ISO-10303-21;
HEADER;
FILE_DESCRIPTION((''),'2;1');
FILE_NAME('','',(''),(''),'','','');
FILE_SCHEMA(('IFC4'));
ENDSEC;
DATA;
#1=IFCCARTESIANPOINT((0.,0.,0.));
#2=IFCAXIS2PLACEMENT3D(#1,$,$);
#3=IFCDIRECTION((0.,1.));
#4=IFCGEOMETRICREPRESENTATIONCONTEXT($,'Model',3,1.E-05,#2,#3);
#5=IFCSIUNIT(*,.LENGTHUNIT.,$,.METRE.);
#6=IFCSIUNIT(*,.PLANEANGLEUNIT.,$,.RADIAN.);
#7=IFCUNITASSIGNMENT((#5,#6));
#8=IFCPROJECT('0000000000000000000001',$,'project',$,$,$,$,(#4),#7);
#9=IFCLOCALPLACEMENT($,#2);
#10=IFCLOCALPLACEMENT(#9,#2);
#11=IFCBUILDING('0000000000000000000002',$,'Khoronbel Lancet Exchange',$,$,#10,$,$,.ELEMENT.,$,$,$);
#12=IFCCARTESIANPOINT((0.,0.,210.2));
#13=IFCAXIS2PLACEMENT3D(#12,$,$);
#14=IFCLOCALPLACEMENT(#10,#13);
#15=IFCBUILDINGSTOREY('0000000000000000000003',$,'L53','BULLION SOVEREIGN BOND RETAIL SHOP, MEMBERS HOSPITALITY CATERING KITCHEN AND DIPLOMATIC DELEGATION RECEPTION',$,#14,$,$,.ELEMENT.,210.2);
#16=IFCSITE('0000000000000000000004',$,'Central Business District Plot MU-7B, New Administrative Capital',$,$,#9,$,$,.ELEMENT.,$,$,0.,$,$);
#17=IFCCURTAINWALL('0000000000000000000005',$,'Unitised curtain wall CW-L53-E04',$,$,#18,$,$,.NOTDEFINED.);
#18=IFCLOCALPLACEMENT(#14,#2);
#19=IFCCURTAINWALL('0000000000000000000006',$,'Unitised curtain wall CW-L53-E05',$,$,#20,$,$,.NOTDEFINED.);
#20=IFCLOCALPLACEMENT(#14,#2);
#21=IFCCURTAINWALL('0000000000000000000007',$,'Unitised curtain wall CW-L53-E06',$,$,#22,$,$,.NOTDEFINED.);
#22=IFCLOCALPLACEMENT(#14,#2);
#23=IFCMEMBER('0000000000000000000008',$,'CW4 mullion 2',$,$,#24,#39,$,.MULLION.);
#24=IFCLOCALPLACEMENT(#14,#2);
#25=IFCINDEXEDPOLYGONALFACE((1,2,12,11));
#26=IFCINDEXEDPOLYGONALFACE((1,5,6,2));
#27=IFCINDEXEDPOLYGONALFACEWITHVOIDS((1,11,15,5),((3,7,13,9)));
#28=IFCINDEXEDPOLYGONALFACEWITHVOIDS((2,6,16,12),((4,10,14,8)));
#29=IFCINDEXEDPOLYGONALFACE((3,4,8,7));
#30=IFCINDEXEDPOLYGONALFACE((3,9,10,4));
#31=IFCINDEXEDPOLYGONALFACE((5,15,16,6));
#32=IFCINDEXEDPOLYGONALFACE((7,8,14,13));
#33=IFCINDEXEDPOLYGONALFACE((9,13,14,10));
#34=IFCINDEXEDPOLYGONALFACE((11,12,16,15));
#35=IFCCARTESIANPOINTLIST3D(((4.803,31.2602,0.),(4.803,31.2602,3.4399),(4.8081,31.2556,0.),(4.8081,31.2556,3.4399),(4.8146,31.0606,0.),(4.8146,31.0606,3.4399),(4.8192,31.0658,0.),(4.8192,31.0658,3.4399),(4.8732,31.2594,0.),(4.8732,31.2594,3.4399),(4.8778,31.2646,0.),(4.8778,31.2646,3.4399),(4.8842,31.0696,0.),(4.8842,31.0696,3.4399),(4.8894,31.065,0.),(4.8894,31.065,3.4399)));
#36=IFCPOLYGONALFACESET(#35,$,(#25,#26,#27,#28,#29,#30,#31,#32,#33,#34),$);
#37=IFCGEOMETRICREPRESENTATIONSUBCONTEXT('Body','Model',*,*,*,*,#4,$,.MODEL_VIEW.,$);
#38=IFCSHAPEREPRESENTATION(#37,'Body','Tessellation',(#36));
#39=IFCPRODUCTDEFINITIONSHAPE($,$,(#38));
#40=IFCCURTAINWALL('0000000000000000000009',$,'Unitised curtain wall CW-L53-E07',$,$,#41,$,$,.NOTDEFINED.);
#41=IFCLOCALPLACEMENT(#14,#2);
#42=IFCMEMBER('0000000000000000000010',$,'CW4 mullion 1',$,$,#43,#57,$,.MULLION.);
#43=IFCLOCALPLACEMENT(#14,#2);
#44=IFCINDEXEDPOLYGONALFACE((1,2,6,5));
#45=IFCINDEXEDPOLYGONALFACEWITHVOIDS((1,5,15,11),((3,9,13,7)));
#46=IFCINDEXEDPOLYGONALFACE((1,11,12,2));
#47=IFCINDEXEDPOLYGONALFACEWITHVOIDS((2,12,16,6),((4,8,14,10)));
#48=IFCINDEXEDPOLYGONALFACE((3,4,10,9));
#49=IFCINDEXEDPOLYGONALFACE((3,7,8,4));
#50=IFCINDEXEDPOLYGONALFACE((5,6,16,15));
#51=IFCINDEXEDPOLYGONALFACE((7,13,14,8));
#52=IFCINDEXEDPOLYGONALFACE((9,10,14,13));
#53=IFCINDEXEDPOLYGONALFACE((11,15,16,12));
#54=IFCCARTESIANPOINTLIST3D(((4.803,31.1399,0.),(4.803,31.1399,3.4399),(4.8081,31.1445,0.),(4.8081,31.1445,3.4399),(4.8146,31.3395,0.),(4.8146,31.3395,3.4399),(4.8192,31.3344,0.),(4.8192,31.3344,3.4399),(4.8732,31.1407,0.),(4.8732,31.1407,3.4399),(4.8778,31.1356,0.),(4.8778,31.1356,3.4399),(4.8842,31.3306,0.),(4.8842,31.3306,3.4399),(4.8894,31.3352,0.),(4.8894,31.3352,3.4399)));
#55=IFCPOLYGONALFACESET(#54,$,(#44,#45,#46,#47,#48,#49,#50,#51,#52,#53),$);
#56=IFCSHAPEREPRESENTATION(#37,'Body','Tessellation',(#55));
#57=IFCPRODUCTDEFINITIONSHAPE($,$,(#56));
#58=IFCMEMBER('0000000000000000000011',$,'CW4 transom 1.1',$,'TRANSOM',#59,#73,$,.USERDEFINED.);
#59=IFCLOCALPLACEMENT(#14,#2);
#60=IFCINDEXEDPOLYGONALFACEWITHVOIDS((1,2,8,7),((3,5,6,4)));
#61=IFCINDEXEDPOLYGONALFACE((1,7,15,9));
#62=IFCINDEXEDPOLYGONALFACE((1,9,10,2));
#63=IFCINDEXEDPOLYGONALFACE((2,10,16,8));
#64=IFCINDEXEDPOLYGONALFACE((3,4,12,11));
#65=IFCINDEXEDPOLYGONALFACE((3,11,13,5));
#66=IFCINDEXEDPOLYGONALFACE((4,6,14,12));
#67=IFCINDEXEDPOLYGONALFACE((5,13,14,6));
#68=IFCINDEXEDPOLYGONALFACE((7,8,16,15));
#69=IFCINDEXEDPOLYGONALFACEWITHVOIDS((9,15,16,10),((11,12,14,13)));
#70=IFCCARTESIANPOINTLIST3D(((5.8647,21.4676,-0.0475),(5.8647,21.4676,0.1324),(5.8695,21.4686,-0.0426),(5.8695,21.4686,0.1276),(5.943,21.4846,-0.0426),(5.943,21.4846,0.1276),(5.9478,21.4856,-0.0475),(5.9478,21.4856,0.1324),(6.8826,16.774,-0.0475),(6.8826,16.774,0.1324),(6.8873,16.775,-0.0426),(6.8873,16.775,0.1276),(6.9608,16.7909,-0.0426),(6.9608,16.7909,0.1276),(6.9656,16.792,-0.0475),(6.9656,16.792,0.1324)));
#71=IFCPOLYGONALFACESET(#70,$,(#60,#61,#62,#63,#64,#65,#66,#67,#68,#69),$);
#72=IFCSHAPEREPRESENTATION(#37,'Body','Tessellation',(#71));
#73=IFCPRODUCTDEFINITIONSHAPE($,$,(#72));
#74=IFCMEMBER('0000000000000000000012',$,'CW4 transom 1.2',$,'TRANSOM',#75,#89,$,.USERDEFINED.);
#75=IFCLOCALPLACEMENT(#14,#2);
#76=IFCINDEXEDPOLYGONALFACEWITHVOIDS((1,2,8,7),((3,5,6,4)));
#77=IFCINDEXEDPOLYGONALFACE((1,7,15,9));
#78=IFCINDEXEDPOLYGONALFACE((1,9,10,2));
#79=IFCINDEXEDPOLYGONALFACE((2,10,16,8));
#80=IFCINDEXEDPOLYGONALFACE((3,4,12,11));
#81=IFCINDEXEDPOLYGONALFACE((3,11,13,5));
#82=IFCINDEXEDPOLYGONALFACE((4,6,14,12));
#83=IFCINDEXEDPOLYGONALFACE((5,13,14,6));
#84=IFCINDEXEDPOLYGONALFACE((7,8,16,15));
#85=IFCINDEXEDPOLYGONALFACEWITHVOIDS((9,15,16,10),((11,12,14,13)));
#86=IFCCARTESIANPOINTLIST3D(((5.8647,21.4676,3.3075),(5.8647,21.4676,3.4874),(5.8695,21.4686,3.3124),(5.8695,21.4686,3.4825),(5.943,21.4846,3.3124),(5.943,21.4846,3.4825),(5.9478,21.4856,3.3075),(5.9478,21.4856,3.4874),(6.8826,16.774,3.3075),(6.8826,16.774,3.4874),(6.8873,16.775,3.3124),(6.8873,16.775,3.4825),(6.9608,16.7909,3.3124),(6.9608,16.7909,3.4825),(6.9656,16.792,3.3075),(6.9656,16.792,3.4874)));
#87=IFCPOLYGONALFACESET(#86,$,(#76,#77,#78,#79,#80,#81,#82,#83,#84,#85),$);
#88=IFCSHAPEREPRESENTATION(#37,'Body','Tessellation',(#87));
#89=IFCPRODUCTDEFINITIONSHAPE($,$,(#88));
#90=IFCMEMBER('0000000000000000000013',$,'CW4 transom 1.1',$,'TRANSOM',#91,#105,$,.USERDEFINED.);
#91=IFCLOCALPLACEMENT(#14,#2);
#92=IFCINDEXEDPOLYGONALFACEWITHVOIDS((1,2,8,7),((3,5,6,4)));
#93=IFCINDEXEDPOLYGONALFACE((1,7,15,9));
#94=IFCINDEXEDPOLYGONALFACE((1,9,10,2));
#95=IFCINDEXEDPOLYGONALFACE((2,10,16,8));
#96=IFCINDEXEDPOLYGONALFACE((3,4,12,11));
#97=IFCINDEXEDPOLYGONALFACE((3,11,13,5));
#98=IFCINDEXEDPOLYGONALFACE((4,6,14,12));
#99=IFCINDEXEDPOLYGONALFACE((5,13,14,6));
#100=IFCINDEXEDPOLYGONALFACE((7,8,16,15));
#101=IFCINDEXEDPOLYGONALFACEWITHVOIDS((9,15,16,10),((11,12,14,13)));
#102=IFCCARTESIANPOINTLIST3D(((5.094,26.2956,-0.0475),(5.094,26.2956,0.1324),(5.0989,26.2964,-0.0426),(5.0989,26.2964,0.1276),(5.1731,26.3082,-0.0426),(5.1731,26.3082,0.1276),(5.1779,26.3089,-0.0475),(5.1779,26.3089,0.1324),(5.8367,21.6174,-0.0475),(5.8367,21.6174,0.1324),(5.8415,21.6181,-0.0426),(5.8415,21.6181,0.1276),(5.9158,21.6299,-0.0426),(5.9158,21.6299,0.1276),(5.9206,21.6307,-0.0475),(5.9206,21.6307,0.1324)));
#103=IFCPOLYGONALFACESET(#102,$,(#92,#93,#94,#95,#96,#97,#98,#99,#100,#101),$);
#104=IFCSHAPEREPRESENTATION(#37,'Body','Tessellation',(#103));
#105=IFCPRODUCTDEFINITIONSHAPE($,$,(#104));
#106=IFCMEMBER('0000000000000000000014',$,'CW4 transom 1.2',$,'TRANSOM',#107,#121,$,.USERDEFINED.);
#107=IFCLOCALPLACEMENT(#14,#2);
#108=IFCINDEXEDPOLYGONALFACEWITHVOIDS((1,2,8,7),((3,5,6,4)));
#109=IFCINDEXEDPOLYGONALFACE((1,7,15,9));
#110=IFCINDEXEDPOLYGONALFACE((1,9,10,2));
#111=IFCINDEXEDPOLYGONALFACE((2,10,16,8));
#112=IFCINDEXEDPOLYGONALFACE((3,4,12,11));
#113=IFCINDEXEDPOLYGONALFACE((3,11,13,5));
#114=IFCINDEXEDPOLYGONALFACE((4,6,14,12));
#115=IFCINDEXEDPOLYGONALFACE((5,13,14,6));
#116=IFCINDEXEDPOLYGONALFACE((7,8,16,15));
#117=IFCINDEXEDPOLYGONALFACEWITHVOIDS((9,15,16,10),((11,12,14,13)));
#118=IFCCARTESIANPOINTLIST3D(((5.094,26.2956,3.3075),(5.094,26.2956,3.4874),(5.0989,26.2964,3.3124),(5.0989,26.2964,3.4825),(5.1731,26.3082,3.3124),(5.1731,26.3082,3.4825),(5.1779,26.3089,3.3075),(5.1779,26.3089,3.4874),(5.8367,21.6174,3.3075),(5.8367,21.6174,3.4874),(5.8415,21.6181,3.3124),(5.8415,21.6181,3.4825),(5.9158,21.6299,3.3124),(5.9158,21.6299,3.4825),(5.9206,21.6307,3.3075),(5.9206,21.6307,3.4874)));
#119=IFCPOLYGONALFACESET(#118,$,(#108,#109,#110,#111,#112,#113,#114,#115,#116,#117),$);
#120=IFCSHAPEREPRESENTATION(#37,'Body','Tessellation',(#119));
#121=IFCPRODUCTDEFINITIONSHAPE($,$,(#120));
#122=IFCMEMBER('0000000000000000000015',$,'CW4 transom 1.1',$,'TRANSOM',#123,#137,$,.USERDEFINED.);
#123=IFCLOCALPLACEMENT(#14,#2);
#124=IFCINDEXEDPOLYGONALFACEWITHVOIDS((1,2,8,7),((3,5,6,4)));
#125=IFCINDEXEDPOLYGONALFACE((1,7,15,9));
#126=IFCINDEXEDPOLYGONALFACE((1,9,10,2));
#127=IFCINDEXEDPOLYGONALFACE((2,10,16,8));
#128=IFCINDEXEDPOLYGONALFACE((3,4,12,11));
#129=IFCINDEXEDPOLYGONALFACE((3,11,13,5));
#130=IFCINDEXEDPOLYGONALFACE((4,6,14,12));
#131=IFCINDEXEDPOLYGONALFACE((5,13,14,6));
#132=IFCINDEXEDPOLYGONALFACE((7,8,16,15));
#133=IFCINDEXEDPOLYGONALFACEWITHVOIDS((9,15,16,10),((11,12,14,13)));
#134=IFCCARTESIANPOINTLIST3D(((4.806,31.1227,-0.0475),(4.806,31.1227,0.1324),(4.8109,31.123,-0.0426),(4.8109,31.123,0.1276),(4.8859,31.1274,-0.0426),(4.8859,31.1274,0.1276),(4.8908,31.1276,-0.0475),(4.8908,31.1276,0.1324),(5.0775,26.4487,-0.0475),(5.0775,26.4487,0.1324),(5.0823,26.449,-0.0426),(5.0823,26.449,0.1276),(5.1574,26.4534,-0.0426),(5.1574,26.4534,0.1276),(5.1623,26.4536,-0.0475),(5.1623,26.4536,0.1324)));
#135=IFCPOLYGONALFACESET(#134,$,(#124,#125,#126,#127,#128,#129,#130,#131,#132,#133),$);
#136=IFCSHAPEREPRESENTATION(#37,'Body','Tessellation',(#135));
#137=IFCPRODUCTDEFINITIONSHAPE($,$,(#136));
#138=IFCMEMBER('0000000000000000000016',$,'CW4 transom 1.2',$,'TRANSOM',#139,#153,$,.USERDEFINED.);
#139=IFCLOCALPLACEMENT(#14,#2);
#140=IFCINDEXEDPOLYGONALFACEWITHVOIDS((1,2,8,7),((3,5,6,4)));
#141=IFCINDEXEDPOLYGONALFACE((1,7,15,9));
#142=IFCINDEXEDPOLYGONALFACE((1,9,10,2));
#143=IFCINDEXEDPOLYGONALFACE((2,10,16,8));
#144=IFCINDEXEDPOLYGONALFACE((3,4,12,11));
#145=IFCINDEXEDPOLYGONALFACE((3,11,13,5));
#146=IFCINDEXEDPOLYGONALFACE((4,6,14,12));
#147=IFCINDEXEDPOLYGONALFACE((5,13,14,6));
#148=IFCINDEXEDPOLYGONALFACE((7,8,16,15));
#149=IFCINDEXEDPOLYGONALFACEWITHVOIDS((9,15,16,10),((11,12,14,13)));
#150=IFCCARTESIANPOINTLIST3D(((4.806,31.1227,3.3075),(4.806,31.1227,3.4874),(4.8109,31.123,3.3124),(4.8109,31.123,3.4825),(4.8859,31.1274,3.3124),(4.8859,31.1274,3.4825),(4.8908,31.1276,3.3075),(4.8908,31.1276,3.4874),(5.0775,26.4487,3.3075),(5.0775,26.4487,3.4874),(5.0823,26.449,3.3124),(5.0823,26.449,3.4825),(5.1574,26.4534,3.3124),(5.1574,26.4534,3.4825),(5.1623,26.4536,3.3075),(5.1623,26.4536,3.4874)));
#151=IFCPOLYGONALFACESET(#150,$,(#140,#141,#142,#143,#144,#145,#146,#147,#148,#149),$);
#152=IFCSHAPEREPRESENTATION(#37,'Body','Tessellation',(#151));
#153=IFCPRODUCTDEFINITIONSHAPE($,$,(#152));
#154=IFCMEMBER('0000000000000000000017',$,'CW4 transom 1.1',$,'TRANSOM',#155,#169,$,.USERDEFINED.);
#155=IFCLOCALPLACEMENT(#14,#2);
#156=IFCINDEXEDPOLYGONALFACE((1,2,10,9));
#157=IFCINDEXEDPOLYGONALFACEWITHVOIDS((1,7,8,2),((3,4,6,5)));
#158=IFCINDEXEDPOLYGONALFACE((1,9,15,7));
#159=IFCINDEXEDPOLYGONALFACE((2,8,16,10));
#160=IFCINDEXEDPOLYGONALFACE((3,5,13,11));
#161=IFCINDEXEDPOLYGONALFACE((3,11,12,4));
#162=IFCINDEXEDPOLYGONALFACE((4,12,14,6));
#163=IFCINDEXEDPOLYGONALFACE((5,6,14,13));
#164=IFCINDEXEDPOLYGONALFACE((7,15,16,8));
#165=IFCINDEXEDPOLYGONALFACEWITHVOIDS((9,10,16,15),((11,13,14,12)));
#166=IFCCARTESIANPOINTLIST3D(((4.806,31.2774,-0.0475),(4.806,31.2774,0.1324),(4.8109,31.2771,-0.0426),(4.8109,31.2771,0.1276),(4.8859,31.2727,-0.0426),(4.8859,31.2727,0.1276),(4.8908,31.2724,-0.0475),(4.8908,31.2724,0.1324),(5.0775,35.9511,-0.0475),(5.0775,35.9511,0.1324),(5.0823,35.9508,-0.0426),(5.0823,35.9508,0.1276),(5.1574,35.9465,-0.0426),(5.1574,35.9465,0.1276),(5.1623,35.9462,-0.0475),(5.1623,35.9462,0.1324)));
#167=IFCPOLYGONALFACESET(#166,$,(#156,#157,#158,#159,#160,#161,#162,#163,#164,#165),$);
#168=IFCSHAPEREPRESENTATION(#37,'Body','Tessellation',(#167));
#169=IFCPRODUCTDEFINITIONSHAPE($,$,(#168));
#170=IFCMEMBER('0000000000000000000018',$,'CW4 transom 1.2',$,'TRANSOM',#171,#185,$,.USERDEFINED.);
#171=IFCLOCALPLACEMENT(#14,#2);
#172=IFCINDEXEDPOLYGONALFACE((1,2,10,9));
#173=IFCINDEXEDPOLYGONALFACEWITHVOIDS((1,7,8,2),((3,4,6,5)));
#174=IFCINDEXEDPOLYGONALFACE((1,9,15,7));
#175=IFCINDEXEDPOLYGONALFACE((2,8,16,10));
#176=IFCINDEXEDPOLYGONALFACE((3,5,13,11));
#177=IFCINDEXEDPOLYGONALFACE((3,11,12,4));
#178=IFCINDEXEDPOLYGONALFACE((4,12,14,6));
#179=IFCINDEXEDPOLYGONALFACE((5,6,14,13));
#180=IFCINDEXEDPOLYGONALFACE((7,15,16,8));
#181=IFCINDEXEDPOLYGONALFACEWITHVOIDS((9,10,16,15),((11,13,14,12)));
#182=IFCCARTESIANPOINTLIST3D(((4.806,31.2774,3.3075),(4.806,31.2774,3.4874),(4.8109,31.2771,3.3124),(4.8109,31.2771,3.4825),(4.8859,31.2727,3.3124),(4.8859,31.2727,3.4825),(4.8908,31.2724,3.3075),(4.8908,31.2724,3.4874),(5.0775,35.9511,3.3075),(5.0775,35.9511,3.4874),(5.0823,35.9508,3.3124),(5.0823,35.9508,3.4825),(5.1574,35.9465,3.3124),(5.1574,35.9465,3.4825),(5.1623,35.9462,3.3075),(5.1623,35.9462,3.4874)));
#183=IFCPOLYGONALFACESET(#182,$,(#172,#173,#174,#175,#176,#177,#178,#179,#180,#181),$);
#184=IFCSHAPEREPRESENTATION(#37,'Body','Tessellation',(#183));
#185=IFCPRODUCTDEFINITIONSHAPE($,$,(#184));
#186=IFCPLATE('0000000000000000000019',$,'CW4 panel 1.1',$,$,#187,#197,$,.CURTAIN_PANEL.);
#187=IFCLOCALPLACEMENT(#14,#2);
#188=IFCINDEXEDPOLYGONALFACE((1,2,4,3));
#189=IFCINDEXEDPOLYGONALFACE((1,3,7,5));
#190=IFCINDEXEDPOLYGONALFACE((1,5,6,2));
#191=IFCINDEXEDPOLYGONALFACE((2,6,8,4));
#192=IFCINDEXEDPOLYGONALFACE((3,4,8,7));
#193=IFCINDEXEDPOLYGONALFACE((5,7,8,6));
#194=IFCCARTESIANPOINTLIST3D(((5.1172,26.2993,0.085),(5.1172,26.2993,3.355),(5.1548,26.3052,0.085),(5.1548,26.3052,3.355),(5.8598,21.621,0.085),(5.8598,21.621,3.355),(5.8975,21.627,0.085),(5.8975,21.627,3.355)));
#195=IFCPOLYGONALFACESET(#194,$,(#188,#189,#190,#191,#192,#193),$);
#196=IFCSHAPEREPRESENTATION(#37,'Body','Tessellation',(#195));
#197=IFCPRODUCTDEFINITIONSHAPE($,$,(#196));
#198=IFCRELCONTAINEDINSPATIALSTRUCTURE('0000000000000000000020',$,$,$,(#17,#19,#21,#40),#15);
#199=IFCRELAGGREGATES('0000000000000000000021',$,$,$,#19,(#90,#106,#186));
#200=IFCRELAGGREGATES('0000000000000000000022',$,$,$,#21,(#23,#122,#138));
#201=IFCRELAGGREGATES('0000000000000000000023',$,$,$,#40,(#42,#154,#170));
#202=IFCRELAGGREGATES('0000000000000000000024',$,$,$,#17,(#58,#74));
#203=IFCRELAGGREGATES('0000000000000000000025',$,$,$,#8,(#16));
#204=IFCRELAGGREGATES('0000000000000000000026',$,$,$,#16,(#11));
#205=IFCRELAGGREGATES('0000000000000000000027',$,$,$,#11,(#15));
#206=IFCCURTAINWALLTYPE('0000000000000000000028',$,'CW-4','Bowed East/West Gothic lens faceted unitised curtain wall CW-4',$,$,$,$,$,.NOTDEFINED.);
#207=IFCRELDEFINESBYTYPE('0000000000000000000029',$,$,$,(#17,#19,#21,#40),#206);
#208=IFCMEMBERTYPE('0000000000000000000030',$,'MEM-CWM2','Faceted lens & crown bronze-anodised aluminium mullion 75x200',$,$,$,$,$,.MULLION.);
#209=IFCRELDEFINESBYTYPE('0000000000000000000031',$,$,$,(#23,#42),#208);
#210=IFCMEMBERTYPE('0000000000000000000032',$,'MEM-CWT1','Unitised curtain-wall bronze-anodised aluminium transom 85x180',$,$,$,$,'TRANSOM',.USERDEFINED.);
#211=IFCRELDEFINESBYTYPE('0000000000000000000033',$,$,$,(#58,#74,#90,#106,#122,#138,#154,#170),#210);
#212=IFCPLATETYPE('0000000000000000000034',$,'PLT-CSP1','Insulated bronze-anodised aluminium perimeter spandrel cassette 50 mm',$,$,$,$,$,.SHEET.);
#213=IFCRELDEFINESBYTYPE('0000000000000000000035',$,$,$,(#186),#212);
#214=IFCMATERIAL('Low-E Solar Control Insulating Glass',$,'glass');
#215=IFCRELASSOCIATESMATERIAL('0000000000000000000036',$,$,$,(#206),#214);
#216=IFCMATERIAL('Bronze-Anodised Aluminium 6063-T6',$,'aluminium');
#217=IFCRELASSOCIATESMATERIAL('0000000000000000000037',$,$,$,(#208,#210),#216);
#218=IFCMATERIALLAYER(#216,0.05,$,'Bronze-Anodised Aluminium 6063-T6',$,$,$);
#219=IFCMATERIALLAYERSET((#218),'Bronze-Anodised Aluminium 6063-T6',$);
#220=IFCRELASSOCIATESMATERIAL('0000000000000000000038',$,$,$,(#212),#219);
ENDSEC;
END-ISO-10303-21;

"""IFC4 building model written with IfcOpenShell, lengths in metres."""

from ifc_helpers import new_model, si_unit, direction, frame, origin, origin_2d, place, context, subcontext, project, spatial, rectangle, hollow_rectangle, extrude, material, layer, layer_set, material_profile, profile_set, type_object, element, aggregate, save


model = new_model("IFC4")

# Units and contexts
model_context = context("Model", 3, precision=1e-05, world=origin(), true_north=direction((0.0, 1.0)))
body_context = subcontext(model_context, "Body", "Model", "MODEL_VIEW")
ifc_project = project(units=[si_unit("LENGTHUNIT", "METRE"), si_unit("PLANEANGLEUNIT", "RADIAN")], contexts=[model_context])

# Site, building, storey
site_placement = place(None, origin())
site = spatial("IfcSite", under=ifc_project, at=site_placement, Name="Central Business District Plot MU-7B, New Administrative Capital", CompositionType="ELEMENT", RefElevation=0.0)
building_placement = place(site_placement, origin())
building = spatial("IfcBuilding", under=site, at=building_placement, Name="Khoronbel Lancet Exchange", CompositionType="ELEMENT")
storey_placement = place(building_placement, frame((0.0, 0.0, 210.2)))
storey = spatial("IfcBuildingStorey", under=building, at=storey_placement, Name="L53", Description="BULLION SOVEREIGN BOND RETAIL SHOP, MEMBERS HOSPITALITY CATERING KITCHEN AND DIPLOMATIC DELEGATION RECEPTION", CompositionType="ELEMENT", Elevation=210.2)

# Curtain walls, member
ifc_material_1 = material(Name="Low-E Solar Control Insulating Glass", Category="glass")
curtain_wall_type = type_object("IfcCurtainWallType", Name="CW-4", Description="Bowed East/West Gothic lens faceted unitised curtain wall CW-4", PredefinedType="NOTDEFINED", material=ifc_material_1)
curtain_wall_1_placement = place(storey_placement, origin())
curtain_wall_1 = element("IfcCurtainWall", 1, at=curtain_wall_1_placement, inside=storey, type_object=curtain_wall_type, Name="Unitised curtain wall CW-L53-E04", PredefinedType="NOTDEFINED")
ifc_material_2 = material(Name="Bronze-Anodised Aluminium 6063-T6", Category="aluminium")
ifc_material_profile_1 = material_profile(ifc_material_2, hollow_rectangle(XDim=0.075, YDim=0.2, WallThickness=0.0049, at=origin_2d()), Name="ALU MULLION 75x200")
ifc_profile_set_1 = profile_set([ifc_material_profile_1], Name="Bronze-Anodised Aluminium 6063-T6")
member_type_1 = type_object("IfcMemberType", Name="MEM-CWM2", Description="Faceted lens & crown bronze-anodised aluminium mullion 75x200", PredefinedType="MULLION", material=ifc_profile_set_1)
curtain_wall_2_placement = place(storey_placement, origin())
curtain_wall_2 = element("IfcCurtainWall", 2, at=curtain_wall_2_placement, inside=storey, type_object=curtain_wall_type, Name="Unitised curtain wall CW-L53-E05", PredefinedType="NOTDEFINED")
curtain_wall_3_placement = place(storey_placement, origin())
curtain_wall_3 = element("IfcCurtainWall", 3, at=curtain_wall_3_placement, inside=storey, type_object=curtain_wall_type, Name="Unitised curtain wall CW-L53-E06", PredefinedType="NOTDEFINED")
member_1_placement = place(storey_placement, frame((4.8462, 31.1626, 0.0), z_axis=(0.0, 0.0, 1.0), x_axis=(-0.998317, -0.057992, 0.0)))
member_1 = element("IfcMember", 4, at=member_1_placement, type_object=member_type_1, Name="CW4 mullion 2", PredefinedType="MULLION", context=body_context, shape_type="SweptSolid", body=[
    extrude(hollow_rectangle(XDim=0.075, YDim=0.2, WallThickness=0.0049, at=origin_2d()), origin(), (0.0, 0.0, 1.0), 3.4399),
])

# Curtain wall, member
curtain_wall_4_placement = place(storey_placement, origin())
curtain_wall_4 = element("IfcCurtainWall", 5, at=curtain_wall_4_placement, inside=storey, type_object=curtain_wall_type, Name="Unitised curtain wall CW-L53-E07", PredefinedType="NOTDEFINED")
member_2_placement = place(storey_placement, frame((4.8462, 31.2375, 0.0), z_axis=(0.0, 0.0, 1.0), x_axis=(-0.998317, 0.057992, 0.0)))
member_2 = element("IfcMember", 6, at=member_2_placement, type_object=member_type_1, Name="CW4 mullion 1", PredefinedType="MULLION", context=body_context, shape_type="SweptSolid", body=[
    extrude(hollow_rectangle(XDim=0.075, YDim=0.2, WallThickness=0.0049, at=origin_2d()), origin(), (0.0, 0.0, 1.0), 3.4399),
])

# Members
ifc_material_profile_2 = material_profile(ifc_material_2, hollow_rectangle(XDim=0.085, YDim=0.1799, WallThickness=0.0049, at=origin_2d()), Name="ALU TRANSOM 85x180")
ifc_profile_set_2 = profile_set([ifc_material_profile_2], Name="Bronze-Anodised Aluminium 6063-T6")
member_type_2 = type_object("IfcMemberType", Name="MEM-CWT1", Description="Unitised curtain-wall bronze-anodised aluminium transom 85x180", ElementType="TRANSOM", PredefinedType="USERDEFINED", material=ifc_profile_set_2)
member_3_placement = place(storey_placement, frame((6.9241, 16.783, 0.0425), z_axis=(-0.211927, 0.977285, 0.0), x_axis=(-0.977285, -0.211927, 0.0)))
member_3 = element("IfcMember", 7, at=member_3_placement, type_object=member_type_2, Name="CW4 transom 1.1", ObjectType="TRANSOM", PredefinedType="USERDEFINED", context=body_context, shape_type="SweptSolid", body=[
    extrude(hollow_rectangle(XDim=0.085, YDim=0.1799, WallThickness=0.0049, at=origin_2d()), origin(), (0.0, 0.0, 1.0), 4.8027),
])
member_4_placement = place(storey_placement, frame((6.9241, 16.783, 3.3975), z_axis=(-0.211927, 0.977285, 0.0), x_axis=(-0.977285, -0.211927, 0.0)))
member_4 = element("IfcMember", 8, at=member_4_placement, type_object=member_type_2, Name="CW4 transom 1.2", ObjectType="TRANSOM", PredefinedType="USERDEFINED", context=body_context, shape_type="SweptSolid", body=[
    extrude(hollow_rectangle(XDim=0.085, YDim=0.1799, WallThickness=0.0049, at=origin_2d()), origin(), (0.0, 0.0, 1.0), 4.8027),
])
member_5_placement = place(storey_placement, frame((5.8787, 21.624, 0.0425), z_axis=(-0.156788, 0.987632, 0.0), x_axis=(-0.987632, -0.156788, 0.0)))
member_5 = element("IfcMember", 9, at=member_5_placement, type_object=member_type_2, Name="CW4 transom 1.1", ObjectType="TRANSOM", PredefinedType="USERDEFINED", context=body_context, shape_type="SweptSolid", body=[
    extrude(hollow_rectangle(XDim=0.085, YDim=0.1799, WallThickness=0.0049, at=origin_2d()), origin(), (0.0, 0.0, 1.0), 4.7368),
])
member_6_placement = place(storey_placement, frame((5.8787, 21.624, 3.3975), z_axis=(-0.156788, 0.987632, 0.0), x_axis=(-0.987632, -0.156788, 0.0)))
member_6 = element("IfcMember", 10, at=member_6_placement, type_object=member_type_2, Name="CW4 transom 1.2", ObjectType="TRANSOM", PredefinedType="USERDEFINED", context=body_context, shape_type="SweptSolid", body=[
    extrude(hollow_rectangle(XDim=0.085, YDim=0.1799, WallThickness=0.0049, at=origin_2d()), origin(), (0.0, 0.0, 1.0), 4.7368),
])
member_7_placement = place(storey_placement, frame((5.1199, 26.4512, 0.0425), z_axis=(-0.057985, 0.998317, 0.0), x_axis=(-0.998317, -0.057985, 0.0)))
member_7 = element("IfcMember", 11, at=member_7_placement, type_object=member_type_2, Name="CW4 transom 1.1", ObjectType="TRANSOM", PredefinedType="USERDEFINED", context=body_context, shape_type="SweptSolid", body=[
    extrude(hollow_rectangle(XDim=0.085, YDim=0.1799, WallThickness=0.0049, at=origin_2d()), origin(), (0.0, 0.0, 1.0), 4.6819),
])
member_8_placement = place(storey_placement, frame((5.1199, 26.4512, 3.3975), z_axis=(-0.057985, 0.998317, 0.0), x_axis=(-0.998317, -0.057985, 0.0)))
member_8 = element("IfcMember", 12, at=member_8_placement, type_object=member_type_2, Name="CW4 transom 1.2", ObjectType="TRANSOM", PredefinedType="USERDEFINED", context=body_context, shape_type="SweptSolid", body=[
    extrude(hollow_rectangle(XDim=0.085, YDim=0.1799, WallThickness=0.0049, at=origin_2d()), origin(), (0.0, 0.0, 1.0), 4.6819),
])
member_9_placement = place(storey_placement, frame((4.8484, 31.2749, 0.0425), z_axis=(0.057988, 0.998317, 0.0), x_axis=(-0.998317, 0.057988, 0.0)))
member_9 = element("IfcMember", 13, at=member_9_placement, type_object=member_type_2, Name="CW4 transom 1.1", ObjectType="TRANSOM", PredefinedType="USERDEFINED", context=body_context, shape_type="SweptSolid", body=[
    extrude(hollow_rectangle(XDim=0.085, YDim=0.1799, WallThickness=0.0049, at=origin_2d()), origin(), (0.0, 0.0, 1.0), 4.6816),
])
member_10_placement = place(storey_placement, frame((4.8484, 31.2749, 3.3975), z_axis=(0.057988, 0.998317, 0.0), x_axis=(-0.998317, 0.057988, 0.0)))
member_10 = element("IfcMember", 14, at=member_10_placement, type_object=member_type_2, Name="CW4 transom 1.2", ObjectType="TRANSOM", PredefinedType="USERDEFINED", context=body_context, shape_type="SweptSolid", body=[
    extrude(hollow_rectangle(XDim=0.085, YDim=0.1799, WallThickness=0.0049, at=origin_2d()), origin(), (0.0, 0.0, 1.0), 4.6816),
])

# Plate
ifc_layer_1 = layer(ifc_material_2, 0.05, Name="Bronze-Anodised Aluminium 6063-T6")
ifc_layer_set_1 = layer_set([ifc_layer_1], Name="Bronze-Anodised Aluminium 6063-T6")
plate_type_1 = type_object("IfcPlateType", Name="PLT-CSP1", Description="Insulated bronze-anodised aluminium perimeter spandrel cassette 50 mm", PredefinedType="SHEET", material=ifc_layer_set_1)
plate_1_placement = place(storey_placement, frame((5.5073, 23.9631, 0.085), z_axis=(0.0, 0.0, 1.0), x_axis=(-0.156785, 0.987633, 0.0)))
plate_1 = element("IfcPlate", 15, at=plate_1_placement, type_object=plate_type_1, Name="CW4 panel 1.1", PredefinedType="CURTAIN_PANEL", context=body_context, shape_type="SweptSolid", body=[
    extrude(rectangle(XDim=4.7368, YDim=0.0381, at=origin_2d()), origin(), (0.0, 0.0, 1.0), 3.27),
])
aggregate(curtain_wall_2, [member_5, member_6, plate_1])
aggregate(curtain_wall_3, [member_1, member_7, member_8])
aggregate(curtain_wall_4, [member_2, member_9, member_10])
aggregate(curtain_wall_1, [member_3, member_4])

save(model, "model.ifc")
